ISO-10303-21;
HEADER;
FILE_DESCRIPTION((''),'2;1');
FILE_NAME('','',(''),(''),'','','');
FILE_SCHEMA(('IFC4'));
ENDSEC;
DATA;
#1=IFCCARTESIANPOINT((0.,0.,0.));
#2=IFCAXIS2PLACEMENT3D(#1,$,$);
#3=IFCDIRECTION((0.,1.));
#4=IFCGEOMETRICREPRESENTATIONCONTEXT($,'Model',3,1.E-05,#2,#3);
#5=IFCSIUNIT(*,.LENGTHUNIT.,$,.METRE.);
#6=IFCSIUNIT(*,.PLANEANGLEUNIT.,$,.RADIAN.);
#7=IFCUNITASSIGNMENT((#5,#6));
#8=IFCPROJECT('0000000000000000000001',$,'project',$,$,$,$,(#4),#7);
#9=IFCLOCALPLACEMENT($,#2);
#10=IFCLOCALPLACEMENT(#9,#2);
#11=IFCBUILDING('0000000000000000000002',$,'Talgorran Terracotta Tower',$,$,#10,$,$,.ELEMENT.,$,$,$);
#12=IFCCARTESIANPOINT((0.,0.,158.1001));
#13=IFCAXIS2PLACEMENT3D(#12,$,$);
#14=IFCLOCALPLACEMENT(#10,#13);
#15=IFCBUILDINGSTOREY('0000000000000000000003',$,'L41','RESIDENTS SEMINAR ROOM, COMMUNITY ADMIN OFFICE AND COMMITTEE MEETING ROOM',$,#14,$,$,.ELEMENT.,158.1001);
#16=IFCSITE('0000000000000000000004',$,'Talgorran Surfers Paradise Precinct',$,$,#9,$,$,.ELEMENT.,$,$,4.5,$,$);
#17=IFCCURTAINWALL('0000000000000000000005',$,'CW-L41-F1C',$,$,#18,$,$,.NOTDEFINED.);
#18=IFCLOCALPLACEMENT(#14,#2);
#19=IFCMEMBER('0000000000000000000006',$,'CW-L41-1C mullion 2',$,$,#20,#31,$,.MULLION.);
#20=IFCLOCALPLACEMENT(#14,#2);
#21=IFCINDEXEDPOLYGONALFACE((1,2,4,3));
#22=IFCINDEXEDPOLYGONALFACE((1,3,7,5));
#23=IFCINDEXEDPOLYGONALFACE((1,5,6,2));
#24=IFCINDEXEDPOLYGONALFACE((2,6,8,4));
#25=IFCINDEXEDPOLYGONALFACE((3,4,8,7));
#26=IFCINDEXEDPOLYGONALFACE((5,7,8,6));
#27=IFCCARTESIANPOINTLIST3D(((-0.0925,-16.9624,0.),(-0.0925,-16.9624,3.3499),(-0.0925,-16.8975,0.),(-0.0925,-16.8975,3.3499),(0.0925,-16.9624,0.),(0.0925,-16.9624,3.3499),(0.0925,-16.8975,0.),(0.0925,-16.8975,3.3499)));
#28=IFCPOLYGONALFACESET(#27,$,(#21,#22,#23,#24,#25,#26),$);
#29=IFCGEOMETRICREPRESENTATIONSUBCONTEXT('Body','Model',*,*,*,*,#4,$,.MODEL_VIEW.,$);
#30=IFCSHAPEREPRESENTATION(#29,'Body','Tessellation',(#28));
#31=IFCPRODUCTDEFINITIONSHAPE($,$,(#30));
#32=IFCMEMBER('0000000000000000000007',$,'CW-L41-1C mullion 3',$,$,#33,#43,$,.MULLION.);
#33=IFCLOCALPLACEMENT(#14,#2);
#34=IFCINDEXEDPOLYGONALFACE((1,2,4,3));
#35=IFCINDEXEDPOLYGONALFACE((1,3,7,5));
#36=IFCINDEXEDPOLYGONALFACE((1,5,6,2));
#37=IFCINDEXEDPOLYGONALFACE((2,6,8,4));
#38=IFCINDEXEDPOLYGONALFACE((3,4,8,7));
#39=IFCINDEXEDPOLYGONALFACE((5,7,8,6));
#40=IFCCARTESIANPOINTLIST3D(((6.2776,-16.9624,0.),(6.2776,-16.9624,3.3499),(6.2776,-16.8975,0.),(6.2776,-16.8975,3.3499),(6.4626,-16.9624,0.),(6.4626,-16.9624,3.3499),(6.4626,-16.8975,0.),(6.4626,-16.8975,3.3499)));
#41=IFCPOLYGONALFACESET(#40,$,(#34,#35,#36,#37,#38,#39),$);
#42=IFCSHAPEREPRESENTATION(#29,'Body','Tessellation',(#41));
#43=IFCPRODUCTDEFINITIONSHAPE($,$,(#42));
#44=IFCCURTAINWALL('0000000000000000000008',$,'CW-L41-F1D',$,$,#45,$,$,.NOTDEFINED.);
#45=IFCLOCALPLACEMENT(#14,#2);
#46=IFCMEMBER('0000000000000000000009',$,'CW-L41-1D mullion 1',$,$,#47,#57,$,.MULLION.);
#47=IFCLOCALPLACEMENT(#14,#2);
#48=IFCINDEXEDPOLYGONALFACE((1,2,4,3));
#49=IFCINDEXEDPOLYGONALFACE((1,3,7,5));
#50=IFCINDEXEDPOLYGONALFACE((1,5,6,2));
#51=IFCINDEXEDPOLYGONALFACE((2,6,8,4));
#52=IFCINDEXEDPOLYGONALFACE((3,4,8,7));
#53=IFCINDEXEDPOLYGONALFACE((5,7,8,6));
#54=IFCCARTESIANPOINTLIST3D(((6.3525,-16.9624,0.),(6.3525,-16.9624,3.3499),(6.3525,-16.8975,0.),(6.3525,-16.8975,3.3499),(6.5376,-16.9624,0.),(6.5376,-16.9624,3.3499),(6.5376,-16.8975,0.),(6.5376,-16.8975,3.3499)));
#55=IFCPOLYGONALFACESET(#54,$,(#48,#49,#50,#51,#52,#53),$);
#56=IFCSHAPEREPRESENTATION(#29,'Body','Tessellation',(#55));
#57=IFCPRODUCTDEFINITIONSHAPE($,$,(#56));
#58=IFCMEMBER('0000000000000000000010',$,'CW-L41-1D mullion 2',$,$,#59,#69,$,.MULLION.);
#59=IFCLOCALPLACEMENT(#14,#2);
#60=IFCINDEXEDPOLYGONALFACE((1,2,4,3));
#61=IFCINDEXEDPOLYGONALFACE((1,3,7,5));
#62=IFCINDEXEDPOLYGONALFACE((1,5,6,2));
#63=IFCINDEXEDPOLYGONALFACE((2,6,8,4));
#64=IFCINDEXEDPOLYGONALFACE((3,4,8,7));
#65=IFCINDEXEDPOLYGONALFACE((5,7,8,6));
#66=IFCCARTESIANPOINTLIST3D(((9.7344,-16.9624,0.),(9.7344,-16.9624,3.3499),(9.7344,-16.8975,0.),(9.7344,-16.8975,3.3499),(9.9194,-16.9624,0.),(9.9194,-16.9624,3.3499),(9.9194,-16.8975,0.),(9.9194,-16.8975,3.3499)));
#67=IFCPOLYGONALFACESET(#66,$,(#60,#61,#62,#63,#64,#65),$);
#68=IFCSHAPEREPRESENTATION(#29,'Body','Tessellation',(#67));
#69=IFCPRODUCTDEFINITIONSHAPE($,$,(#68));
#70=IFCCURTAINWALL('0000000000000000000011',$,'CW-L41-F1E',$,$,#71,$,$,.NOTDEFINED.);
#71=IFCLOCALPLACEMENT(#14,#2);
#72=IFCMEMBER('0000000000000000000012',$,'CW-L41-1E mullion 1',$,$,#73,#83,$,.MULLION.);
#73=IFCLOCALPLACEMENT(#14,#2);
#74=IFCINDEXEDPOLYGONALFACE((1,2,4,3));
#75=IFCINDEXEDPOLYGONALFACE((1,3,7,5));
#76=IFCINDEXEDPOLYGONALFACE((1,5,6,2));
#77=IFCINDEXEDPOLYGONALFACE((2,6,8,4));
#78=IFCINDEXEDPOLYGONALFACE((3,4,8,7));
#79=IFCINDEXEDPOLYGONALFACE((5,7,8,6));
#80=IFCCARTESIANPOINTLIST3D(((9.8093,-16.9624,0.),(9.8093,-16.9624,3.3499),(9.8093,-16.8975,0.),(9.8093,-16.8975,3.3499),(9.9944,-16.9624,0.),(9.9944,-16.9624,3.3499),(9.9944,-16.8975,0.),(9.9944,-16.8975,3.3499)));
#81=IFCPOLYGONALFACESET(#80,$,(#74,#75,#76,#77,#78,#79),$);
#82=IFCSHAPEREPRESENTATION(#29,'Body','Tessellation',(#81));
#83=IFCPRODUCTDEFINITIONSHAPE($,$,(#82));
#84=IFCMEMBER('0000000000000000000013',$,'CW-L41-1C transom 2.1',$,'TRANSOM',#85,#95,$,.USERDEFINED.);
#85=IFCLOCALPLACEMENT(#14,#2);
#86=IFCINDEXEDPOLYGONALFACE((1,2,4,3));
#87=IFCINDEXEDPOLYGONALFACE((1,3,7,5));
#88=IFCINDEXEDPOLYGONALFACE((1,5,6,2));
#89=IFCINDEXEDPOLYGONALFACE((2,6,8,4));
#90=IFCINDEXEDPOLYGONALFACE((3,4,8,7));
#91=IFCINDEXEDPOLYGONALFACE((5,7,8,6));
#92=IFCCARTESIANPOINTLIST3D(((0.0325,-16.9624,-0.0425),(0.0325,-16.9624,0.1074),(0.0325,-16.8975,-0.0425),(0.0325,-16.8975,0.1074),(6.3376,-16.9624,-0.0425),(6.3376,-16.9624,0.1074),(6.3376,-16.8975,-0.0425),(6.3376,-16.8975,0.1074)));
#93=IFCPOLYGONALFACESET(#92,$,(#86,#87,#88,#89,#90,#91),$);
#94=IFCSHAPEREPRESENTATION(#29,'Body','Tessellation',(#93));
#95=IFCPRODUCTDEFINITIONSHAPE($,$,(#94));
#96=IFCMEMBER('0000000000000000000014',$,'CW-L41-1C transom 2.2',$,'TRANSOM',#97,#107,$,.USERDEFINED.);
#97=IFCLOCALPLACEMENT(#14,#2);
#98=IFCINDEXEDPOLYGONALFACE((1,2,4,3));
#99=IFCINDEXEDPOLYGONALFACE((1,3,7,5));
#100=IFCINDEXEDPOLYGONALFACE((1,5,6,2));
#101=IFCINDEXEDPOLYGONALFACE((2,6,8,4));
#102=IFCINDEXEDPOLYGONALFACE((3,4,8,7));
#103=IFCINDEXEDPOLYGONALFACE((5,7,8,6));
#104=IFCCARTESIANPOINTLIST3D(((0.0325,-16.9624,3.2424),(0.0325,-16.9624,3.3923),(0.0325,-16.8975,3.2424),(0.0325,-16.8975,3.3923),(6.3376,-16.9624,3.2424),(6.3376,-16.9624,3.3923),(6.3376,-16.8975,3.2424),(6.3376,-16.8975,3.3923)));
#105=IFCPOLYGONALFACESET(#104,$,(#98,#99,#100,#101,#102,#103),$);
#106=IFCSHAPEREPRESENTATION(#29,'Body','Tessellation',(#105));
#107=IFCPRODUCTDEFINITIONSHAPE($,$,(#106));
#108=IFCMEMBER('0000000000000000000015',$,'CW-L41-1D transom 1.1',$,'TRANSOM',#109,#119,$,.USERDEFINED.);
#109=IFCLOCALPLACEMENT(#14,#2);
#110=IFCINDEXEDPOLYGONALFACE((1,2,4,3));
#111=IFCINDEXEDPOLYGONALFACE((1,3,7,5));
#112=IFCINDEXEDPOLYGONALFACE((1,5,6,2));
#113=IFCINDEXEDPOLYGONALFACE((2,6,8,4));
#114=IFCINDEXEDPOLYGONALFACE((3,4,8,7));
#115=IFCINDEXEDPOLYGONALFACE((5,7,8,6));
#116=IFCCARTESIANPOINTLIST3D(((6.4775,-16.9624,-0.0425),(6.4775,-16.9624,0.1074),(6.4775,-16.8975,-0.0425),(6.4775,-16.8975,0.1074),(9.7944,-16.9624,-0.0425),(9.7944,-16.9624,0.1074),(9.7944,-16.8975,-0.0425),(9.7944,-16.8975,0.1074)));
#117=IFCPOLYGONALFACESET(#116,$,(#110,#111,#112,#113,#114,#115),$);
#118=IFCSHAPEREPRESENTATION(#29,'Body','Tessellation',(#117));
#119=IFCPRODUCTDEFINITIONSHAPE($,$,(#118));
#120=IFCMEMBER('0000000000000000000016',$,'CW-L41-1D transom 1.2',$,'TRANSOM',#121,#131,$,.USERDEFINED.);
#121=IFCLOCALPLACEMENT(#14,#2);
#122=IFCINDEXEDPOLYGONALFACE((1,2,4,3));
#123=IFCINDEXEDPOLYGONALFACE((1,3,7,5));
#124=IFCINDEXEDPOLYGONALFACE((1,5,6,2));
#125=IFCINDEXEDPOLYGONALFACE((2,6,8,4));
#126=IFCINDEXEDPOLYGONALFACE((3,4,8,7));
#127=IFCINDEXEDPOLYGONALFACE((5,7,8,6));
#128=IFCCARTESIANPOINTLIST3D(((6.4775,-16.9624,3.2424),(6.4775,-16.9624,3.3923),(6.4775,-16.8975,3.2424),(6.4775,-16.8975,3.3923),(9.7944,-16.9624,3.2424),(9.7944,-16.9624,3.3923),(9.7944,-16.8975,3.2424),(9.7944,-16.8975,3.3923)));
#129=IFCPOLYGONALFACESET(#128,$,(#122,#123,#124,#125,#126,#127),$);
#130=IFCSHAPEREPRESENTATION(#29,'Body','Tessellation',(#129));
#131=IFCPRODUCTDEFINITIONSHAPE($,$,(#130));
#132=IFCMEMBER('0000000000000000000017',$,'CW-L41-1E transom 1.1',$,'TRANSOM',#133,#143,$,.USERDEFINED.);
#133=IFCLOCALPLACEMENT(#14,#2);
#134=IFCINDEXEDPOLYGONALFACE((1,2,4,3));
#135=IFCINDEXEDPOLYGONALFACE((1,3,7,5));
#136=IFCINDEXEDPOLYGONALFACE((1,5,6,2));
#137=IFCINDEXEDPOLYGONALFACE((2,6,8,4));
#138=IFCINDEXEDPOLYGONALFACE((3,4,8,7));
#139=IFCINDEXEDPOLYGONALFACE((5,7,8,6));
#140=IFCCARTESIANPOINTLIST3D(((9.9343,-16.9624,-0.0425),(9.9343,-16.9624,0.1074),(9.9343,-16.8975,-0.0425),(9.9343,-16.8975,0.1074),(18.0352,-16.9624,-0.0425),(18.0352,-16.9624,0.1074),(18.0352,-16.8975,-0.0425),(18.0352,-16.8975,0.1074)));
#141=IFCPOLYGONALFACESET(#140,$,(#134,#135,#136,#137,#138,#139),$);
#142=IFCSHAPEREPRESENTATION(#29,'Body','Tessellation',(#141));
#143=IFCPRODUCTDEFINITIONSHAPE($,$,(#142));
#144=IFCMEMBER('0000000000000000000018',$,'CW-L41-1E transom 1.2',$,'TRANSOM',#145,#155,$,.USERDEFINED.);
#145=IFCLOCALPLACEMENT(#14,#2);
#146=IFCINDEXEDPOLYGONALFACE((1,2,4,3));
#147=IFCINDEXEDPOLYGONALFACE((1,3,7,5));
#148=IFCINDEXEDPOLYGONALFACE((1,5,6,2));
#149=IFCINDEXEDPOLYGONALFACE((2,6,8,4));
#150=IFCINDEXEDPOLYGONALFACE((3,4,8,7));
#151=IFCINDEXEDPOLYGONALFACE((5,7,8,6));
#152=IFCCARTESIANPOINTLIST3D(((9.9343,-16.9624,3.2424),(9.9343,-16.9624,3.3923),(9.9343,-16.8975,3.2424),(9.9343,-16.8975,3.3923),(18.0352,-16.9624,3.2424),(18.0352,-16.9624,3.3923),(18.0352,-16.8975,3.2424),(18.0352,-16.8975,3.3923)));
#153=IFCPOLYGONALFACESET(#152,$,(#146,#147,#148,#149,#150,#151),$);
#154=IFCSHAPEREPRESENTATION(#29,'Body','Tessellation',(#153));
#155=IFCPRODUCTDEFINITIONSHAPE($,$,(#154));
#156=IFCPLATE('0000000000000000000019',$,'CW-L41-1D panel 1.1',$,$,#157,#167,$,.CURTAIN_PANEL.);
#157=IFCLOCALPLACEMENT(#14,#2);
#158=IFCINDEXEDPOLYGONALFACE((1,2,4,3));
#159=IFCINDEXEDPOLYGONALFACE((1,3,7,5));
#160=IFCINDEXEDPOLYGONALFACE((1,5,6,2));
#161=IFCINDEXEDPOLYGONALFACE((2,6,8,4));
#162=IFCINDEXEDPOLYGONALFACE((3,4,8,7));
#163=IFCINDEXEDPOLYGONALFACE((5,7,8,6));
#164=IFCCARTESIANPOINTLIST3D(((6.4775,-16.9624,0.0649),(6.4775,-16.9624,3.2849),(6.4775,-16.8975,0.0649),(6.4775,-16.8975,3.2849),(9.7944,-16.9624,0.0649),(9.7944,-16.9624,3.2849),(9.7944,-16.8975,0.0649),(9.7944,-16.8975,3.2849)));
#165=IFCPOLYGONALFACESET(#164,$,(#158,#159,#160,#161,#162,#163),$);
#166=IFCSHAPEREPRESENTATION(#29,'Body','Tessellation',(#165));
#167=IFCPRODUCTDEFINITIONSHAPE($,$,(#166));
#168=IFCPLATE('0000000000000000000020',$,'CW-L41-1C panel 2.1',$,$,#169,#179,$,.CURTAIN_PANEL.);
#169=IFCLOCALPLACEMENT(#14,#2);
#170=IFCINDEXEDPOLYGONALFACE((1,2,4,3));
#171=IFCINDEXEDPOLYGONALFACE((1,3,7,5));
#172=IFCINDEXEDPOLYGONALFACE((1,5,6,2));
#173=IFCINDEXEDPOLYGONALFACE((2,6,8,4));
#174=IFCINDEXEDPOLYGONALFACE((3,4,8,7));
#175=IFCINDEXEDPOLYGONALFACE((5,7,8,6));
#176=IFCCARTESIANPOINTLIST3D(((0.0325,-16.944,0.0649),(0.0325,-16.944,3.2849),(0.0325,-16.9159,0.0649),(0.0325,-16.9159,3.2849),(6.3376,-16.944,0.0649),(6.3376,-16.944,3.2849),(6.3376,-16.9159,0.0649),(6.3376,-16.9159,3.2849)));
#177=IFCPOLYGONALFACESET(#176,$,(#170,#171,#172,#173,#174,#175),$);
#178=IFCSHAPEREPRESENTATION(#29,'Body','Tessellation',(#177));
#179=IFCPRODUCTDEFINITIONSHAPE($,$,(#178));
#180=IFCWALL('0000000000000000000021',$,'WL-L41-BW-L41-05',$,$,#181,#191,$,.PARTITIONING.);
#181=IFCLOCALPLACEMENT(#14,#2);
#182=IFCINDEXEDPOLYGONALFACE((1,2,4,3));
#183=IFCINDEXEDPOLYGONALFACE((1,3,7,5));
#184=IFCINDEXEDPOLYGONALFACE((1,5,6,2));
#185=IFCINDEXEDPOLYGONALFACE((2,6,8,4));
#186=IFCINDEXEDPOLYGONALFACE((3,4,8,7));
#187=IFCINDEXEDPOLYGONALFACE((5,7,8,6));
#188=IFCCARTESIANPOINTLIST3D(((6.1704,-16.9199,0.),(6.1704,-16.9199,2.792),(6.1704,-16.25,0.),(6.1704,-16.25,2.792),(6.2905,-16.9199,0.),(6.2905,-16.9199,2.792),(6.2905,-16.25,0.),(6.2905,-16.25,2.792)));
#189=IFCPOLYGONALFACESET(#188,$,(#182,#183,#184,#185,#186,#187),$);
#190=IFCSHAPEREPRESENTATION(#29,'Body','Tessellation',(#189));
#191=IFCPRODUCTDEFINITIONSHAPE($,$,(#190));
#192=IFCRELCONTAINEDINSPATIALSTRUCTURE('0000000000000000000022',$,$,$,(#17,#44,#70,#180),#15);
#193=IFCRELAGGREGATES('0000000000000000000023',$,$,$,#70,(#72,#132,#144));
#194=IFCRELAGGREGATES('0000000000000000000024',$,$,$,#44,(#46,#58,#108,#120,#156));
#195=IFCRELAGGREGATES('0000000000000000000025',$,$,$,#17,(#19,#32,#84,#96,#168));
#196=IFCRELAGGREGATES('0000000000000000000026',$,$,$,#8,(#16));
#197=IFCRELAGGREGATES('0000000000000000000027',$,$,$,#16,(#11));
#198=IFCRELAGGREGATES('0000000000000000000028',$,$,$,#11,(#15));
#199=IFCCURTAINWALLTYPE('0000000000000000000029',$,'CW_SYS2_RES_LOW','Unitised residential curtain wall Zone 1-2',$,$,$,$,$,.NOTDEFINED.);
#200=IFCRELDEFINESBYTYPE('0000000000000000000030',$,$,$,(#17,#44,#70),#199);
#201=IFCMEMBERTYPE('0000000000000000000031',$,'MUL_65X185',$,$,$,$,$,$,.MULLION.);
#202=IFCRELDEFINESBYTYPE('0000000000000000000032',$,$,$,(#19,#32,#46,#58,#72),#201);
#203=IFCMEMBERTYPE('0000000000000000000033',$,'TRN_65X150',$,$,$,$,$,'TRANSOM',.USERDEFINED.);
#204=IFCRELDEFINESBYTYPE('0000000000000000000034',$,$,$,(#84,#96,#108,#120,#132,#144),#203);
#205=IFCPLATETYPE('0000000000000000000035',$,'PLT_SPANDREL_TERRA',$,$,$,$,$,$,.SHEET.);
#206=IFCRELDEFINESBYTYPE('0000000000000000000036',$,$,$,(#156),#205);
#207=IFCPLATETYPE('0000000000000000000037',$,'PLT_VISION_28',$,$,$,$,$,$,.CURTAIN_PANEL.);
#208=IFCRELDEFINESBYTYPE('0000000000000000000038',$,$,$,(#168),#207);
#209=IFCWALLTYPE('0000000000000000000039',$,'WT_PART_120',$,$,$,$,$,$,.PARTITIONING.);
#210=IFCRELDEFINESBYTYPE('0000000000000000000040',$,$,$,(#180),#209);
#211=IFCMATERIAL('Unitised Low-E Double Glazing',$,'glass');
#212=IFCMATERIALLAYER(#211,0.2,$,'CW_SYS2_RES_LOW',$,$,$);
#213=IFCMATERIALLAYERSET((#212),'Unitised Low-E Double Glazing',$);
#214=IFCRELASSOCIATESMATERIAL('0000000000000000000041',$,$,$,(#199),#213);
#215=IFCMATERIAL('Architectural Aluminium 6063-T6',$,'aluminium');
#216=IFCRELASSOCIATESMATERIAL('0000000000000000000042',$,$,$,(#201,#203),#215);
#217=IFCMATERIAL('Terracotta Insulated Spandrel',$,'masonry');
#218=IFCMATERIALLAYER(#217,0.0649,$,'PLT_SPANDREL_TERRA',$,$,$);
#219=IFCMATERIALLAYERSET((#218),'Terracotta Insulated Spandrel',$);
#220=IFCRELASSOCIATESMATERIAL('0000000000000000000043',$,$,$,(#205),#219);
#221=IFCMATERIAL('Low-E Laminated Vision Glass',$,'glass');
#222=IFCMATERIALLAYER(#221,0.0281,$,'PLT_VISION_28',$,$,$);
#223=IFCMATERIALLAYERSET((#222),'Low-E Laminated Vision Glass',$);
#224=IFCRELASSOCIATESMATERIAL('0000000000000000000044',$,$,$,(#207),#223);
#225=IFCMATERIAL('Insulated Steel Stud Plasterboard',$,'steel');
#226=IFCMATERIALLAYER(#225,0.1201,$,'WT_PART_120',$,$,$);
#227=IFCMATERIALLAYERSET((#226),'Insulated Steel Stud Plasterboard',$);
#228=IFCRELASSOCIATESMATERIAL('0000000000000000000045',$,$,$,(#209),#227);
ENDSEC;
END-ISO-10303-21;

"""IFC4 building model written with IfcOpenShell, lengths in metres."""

from ifc_helpers import new_model, si_unit, direction, frame, frame_2d, origin, origin_2d, place, context, subcontext, project, spatial, rectangle, extrude, source, transform, mapped, material, layer, layer_set, material_profile, profile_set, type_object, type_shapes, element, aggregate, save


model = new_model("IFC4")

# Units and contexts
model_context = context("Model", 3, precision=1e-05, world=origin(), true_north=direction((0.0, 1.0)))
body_context = subcontext(model_context, "Body", "Model", "MODEL_VIEW")
ifc_project = project(units=[si_unit("LENGTHUNIT", "METRE"), si_unit("PLANEANGLEUNIT", "RADIAN")], contexts=[model_context])

# Site, building, storey
site_placement = place(None, origin())
site = spatial("IfcSite", under=ifc_project, at=site_placement, Name="Talgorran Surfers Paradise Precinct", CompositionType="ELEMENT", RefElevation=4.5)
building_placement = place(site_placement, origin())
building = spatial("IfcBuilding", under=site, at=building_placement, Name="Talgorran Terracotta Tower", CompositionType="ELEMENT")
storey_placement = place(building_placement, frame((0.0, 0.0, 158.1001)))
storey = spatial("IfcBuildingStorey", under=building, at=storey_placement, Name="L41", Description="RESIDENTS SEMINAR ROOM, COMMUNITY ADMIN OFFICE AND COMMITTEE MEETING ROOM", CompositionType="ELEMENT", Elevation=158.1001)

# Curtain walls, members
ifc_material_1 = material(Name="Unitised Low-E Double Glazing", Category="glass")
ifc_layer_1 = layer(ifc_material_1, 0.2, Name="CW_SYS2_RES_LOW")
ifc_layer_set_1 = layer_set([ifc_layer_1], Name="Unitised Low-E Double Glazing")
curtain_wall_type = type_object("IfcCurtainWallType", Name="CW_SYS2_RES_LOW", Description="Unitised residential curtain wall Zone 1-2", PredefinedType="NOTDEFINED", material=ifc_layer_set_1)
curtain_wall_1_placement = place(storey_placement, origin())
curtain_wall_1 = element("IfcCurtainWall", 1, at=curtain_wall_1_placement, inside=storey, type_object=curtain_wall_type, Name="CW-L41-F1C", PredefinedType="NOTDEFINED")
ifc_material_2 = material(Name="Architectural Aluminium 6063-T6", Category="aluminium")
ifc_material_profile_1 = material_profile(ifc_material_2, rectangle(XDim=0.0649, YDim=0.1851, at=origin_2d()), Name="CWM65X185")
ifc_profile_set_1 = profile_set([ifc_material_profile_1], Name="Architectural Aluminium 6063-T6")
member_type_1 = type_object("IfcMemberType", Name="MUL_65X185", PredefinedType="MULLION", material=ifc_profile_set_1)
member_1_placement = place(storey_placement, frame((0.0, -16.9299, 0.0), z_axis=(0.0, 0.0, 1.0), x_axis=(0.0, 1.0, 0.0)))
member_1 = element("IfcMember", 2, at=member_1_placement, type_object=member_type_1, Name="CW-L41-1C mullion 2", PredefinedType="MULLION", context=body_context, shape_type="SweptSolid", body=[
    extrude(rectangle(XDim=0.0649, YDim=0.1851, at=origin_2d()), origin(), (0.0, 0.0, 1.0), 3.3499),
])
member_2_placement = place(storey_placement, frame((6.3701, -16.9299, 0.0), z_axis=(0.0, 0.0, 1.0), x_axis=(0.0, 1.0, 0.0)))
member_2 = element("IfcMember", 3, at=member_2_placement, type_object=member_type_1, Name="CW-L41-1C mullion 3", PredefinedType="MULLION", context=body_context, shape_type="SweptSolid", body=[
    extrude(rectangle(XDim=0.0649, YDim=0.1851, at=origin_2d()), origin(), (0.0, 0.0, 1.0), 3.3499),
])
curtain_wall_2_placement = place(storey_placement, origin())
curtain_wall_2 = element("IfcCurtainWall", 4, at=curtain_wall_2_placement, inside=storey, type_object=curtain_wall_type, Name="CW-L41-F1D", PredefinedType="NOTDEFINED")
member_3_placement = place(storey_placement, frame((6.4451, -16.9299, 0.0), z_axis=(0.0, 0.0, 1.0), x_axis=(0.0, 1.0, 0.0)))
member_3 = element("IfcMember", 5, at=member_3_placement, type_object=member_type_1, Name="CW-L41-1D mullion 1", PredefinedType="MULLION", context=body_context, shape_type="SweptSolid", body=[
    extrude(rectangle(XDim=0.0649, YDim=0.1851, at=origin_2d()), origin(), (0.0, 0.0, 1.0), 3.3499),
])
member_4_placement = place(storey_placement, frame((9.8269, -16.9299, 0.0), z_axis=(0.0, 0.0, 1.0), x_axis=(0.0, 1.0, 0.0)))
member_4 = element("IfcMember", 6, at=member_4_placement, type_object=member_type_1, Name="CW-L41-1D mullion 2", PredefinedType="MULLION", context=body_context, shape_type="SweptSolid", body=[
    extrude(rectangle(XDim=0.0649, YDim=0.1851, at=origin_2d()), origin(), (0.0, 0.0, 1.0), 3.3499),
])

# Curtain wall, member
curtain_wall_3_placement = place(storey_placement, origin())
curtain_wall_3 = element("IfcCurtainWall", 7, at=curtain_wall_3_placement, inside=storey, type_object=curtain_wall_type, Name="CW-L41-F1E", PredefinedType="NOTDEFINED")
member_5_placement = place(storey_placement, frame((9.9019, -16.9299, 0.0), z_axis=(0.0, 0.0, 1.0), x_axis=(0.0, 1.0, 0.0)))
member_5 = element("IfcMember", 8, at=member_5_placement, type_object=member_type_1, Name="CW-L41-1E mullion 1", PredefinedType="MULLION", context=body_context, shape_type="SweptSolid", body=[
    extrude(rectangle(XDim=0.0649, YDim=0.1851, at=origin_2d()), origin(), (0.0, 0.0, 1.0), 3.3499),
])

# Members
ifc_material_profile_2 = material_profile(ifc_material_2, rectangle(XDim=0.0649, YDim=0.1499, at=origin_2d()), Name="CWT65X150")
ifc_profile_set_2 = profile_set([ifc_material_profile_2], Name="Architectural Aluminium 6063-T6")
member_type_2 = type_object("IfcMemberType", Name="TRN_65X150", ElementType="TRANSOM", PredefinedType="USERDEFINED", material=ifc_profile_set_2)
member_6_placement = place(storey_placement, frame((0.0325, -16.9299, 0.0325), z_axis=(1.0, 0.0, 0.0), x_axis=(0.0, 1.0, 0.0)))
member_6 = element("IfcMember", 9, at=member_6_placement, type_object=member_type_2, Name="CW-L41-1C transom 2.1", ObjectType="TRANSOM", PredefinedType="USERDEFINED", context=body_context, shape_type="SweptSolid", body=[
    extrude(rectangle(XDim=0.0649, YDim=0.1499, at=origin_2d()), origin(), (0.0, 0.0, 1.0), 6.3052),
])
member_7_placement = place(storey_placement, frame((0.0325, -16.9299, 3.3174), z_axis=(1.0, 0.0, 0.0), x_axis=(0.0, 1.0, 0.0)))
member_7 = element("IfcMember", 10, at=member_7_placement, type_object=member_type_2, Name="CW-L41-1C transom 2.2", ObjectType="TRANSOM", PredefinedType="USERDEFINED", context=body_context, shape_type="SweptSolid", body=[
    extrude(rectangle(XDim=0.0649, YDim=0.1499, at=origin_2d()), origin(), (0.0, 0.0, 1.0), 6.3052),
])
member_8_placement = place(storey_placement, frame((6.4775, -16.9299, 0.0325), z_axis=(1.0, 0.0, 0.0), x_axis=(0.0, 1.0, 0.0)))
member_8 = element("IfcMember", 11, at=member_8_placement, type_object=member_type_2, Name="CW-L41-1D transom 1.1", ObjectType="TRANSOM", PredefinedType="USERDEFINED", context=body_context, shape_type="SweptSolid", body=[
    extrude(rectangle(XDim=0.0649, YDim=0.1499, at=origin_2d()), origin(), (0.0, 0.0, 1.0), 3.3169),
])
member_9_placement = place(storey_placement, frame((6.4775, -16.9299, 3.3174), z_axis=(1.0, 0.0, 0.0), x_axis=(0.0, 1.0, 0.0)))
member_9 = element("IfcMember", 12, at=member_9_placement, type_object=member_type_2, Name="CW-L41-1D transom 1.2", ObjectType="TRANSOM", PredefinedType="USERDEFINED", context=body_context, shape_type="SweptSolid", body=[
    extrude(rectangle(XDim=0.0649, YDim=0.1499, at=origin_2d()), origin(), (0.0, 0.0, 1.0), 3.3169),
])
member_10_placement = place(storey_placement, frame((9.9343, -16.9299, 0.0325), z_axis=(1.0, 0.0, 0.0), x_axis=(0.0, 1.0, 0.0)))
member_10 = element("IfcMember", 13, at=member_10_placement, type_object=member_type_2, Name="CW-L41-1E transom 1.1", ObjectType="TRANSOM", PredefinedType="USERDEFINED", context=body_context, shape_type="SweptSolid", body=[
    extrude(rectangle(XDim=0.0649, YDim=0.1499, at=origin_2d()), origin(), (0.0, 0.0, 1.0), 8.1008),
])
member_11_placement = place(storey_placement, frame((9.9343, -16.9299, 3.3174), z_axis=(1.0, 0.0, 0.0), x_axis=(0.0, 1.0, 0.0)))
member_11 = element("IfcMember", 14, at=member_11_placement, type_object=member_type_2, Name="CW-L41-1E transom 1.2", ObjectType="TRANSOM", PredefinedType="USERDEFINED", context=body_context, shape_type="SweptSolid", body=[
    extrude(rectangle(XDim=0.0649, YDim=0.1499, at=origin_2d()), origin(), (0.0, 0.0, 1.0), 8.1008),
])
aggregate(curtain_wall_3, [member_5, member_10, member_11])

# Plates
ifc_material_3 = material(Name="Terracotta Insulated Spandrel", Category="masonry")
ifc_layer_2 = layer(ifc_material_3, 0.0649, Name="PLT_SPANDREL_TERRA")
ifc_layer_set_2 = layer_set([ifc_layer_2], Name="Terracotta Insulated Spandrel")
plate_type_1 = type_object("IfcPlateType", Name="PLT_SPANDREL_TERRA", PredefinedType="SHEET", material=ifc_layer_set_2)
shared_shape_1 = source(origin(), body_context, "Body", "SweptSolid", [
    extrude(rectangle(XDim=3.3169, YDim=0.0649, at=origin_2d()), origin(), (0.0, 0.0, 1.0), 3.22),
])
type_shapes(plate_type_1, [shared_shape_1])
plate_1_placement = place(storey_placement, frame((8.136, -16.9299, 0.0649), z_axis=(0.0, 0.0, 1.0), x_axis=(1.0, 0.0, 0.0)))
plate_1 = element("IfcPlate", 15, at=plate_1_placement, type_object=plate_type_1, Name="CW-L41-1D panel 1.1", PredefinedType="CURTAIN_PANEL", context=body_context, shape_type="MappedRepresentation", body=[
    mapped(shared_shape_1, transform((0.0, 0.0, 0.0), scale=1.0)),
])
aggregate(curtain_wall_2, [member_3, member_4, member_8, member_9, plate_1])
ifc_material_4 = material(Name="Low-E Laminated Vision Glass", Category="glass")
ifc_layer_3 = layer(ifc_material_4, 0.0281, Name="PLT_VISION_28")
ifc_layer_set_3 = layer_set([ifc_layer_3], Name="Low-E Laminated Vision Glass")
plate_type_2 = type_object("IfcPlateType", Name="PLT_VISION_28", PredefinedType="CURTAIN_PANEL", material=ifc_layer_set_3)
shared_shape_2 = source(origin(), body_context, "Body", "SweptSolid", [
    extrude(rectangle(XDim=6.3052, YDim=0.0281, at=origin_2d()), origin(), (0.0, 0.0, 1.0), 3.22),
])
type_shapes(plate_type_2, [shared_shape_2])
plate_2_placement = place(storey_placement, frame((3.1851, -16.9299, 0.0649), z_axis=(0.0, 0.0, 1.0), x_axis=(1.0, 0.0, 0.0)))
plate_2 = element("IfcPlate", 16, at=plate_2_placement, type_object=plate_type_2, Name="CW-L41-1C panel 2.1", PredefinedType="CURTAIN_PANEL", context=body_context, shape_type="MappedRepresentation", body=[
    mapped(shared_shape_2, transform((0.0, 0.0, 0.0), scale=1.0)),
])
aggregate(curtain_wall_1, [member_1, member_2, member_6, member_7, plate_2])

# Wall
ifc_material_5 = material(Name="Insulated Steel Stud Plasterboard", Category="steel")
ifc_layer_4 = layer(ifc_material_5, 0.1201, Name="WT_PART_120")
ifc_layer_set_4 = layer_set([ifc_layer_4], Name="Insulated Steel Stud Plasterboard")
wall_type = type_object("IfcWallType", Name="WT_PART_120", PredefinedType="PARTITIONING", material=ifc_layer_set_4)
wall_placement = place(storey_placement, frame((6.2305, -16.9199, 0.0), z_axis=(0.0, 0.0, 1.0), x_axis=(0.0, 1.0, 0.0)))
element("IfcWall", 17, at=wall_placement, inside=storey, type_object=wall_type, Name="WL-L41-BW-L41-05", PredefinedType="PARTITIONING", context=body_context, shape_type="SweptSolid", body=[
    extrude(rectangle(XDim=0.6699, YDim=0.1201, at=frame_2d((0.335, 0.0))), origin(), (0.0, 0.0, 1.0), 2.792),
])

save(model, "model.ifc")
